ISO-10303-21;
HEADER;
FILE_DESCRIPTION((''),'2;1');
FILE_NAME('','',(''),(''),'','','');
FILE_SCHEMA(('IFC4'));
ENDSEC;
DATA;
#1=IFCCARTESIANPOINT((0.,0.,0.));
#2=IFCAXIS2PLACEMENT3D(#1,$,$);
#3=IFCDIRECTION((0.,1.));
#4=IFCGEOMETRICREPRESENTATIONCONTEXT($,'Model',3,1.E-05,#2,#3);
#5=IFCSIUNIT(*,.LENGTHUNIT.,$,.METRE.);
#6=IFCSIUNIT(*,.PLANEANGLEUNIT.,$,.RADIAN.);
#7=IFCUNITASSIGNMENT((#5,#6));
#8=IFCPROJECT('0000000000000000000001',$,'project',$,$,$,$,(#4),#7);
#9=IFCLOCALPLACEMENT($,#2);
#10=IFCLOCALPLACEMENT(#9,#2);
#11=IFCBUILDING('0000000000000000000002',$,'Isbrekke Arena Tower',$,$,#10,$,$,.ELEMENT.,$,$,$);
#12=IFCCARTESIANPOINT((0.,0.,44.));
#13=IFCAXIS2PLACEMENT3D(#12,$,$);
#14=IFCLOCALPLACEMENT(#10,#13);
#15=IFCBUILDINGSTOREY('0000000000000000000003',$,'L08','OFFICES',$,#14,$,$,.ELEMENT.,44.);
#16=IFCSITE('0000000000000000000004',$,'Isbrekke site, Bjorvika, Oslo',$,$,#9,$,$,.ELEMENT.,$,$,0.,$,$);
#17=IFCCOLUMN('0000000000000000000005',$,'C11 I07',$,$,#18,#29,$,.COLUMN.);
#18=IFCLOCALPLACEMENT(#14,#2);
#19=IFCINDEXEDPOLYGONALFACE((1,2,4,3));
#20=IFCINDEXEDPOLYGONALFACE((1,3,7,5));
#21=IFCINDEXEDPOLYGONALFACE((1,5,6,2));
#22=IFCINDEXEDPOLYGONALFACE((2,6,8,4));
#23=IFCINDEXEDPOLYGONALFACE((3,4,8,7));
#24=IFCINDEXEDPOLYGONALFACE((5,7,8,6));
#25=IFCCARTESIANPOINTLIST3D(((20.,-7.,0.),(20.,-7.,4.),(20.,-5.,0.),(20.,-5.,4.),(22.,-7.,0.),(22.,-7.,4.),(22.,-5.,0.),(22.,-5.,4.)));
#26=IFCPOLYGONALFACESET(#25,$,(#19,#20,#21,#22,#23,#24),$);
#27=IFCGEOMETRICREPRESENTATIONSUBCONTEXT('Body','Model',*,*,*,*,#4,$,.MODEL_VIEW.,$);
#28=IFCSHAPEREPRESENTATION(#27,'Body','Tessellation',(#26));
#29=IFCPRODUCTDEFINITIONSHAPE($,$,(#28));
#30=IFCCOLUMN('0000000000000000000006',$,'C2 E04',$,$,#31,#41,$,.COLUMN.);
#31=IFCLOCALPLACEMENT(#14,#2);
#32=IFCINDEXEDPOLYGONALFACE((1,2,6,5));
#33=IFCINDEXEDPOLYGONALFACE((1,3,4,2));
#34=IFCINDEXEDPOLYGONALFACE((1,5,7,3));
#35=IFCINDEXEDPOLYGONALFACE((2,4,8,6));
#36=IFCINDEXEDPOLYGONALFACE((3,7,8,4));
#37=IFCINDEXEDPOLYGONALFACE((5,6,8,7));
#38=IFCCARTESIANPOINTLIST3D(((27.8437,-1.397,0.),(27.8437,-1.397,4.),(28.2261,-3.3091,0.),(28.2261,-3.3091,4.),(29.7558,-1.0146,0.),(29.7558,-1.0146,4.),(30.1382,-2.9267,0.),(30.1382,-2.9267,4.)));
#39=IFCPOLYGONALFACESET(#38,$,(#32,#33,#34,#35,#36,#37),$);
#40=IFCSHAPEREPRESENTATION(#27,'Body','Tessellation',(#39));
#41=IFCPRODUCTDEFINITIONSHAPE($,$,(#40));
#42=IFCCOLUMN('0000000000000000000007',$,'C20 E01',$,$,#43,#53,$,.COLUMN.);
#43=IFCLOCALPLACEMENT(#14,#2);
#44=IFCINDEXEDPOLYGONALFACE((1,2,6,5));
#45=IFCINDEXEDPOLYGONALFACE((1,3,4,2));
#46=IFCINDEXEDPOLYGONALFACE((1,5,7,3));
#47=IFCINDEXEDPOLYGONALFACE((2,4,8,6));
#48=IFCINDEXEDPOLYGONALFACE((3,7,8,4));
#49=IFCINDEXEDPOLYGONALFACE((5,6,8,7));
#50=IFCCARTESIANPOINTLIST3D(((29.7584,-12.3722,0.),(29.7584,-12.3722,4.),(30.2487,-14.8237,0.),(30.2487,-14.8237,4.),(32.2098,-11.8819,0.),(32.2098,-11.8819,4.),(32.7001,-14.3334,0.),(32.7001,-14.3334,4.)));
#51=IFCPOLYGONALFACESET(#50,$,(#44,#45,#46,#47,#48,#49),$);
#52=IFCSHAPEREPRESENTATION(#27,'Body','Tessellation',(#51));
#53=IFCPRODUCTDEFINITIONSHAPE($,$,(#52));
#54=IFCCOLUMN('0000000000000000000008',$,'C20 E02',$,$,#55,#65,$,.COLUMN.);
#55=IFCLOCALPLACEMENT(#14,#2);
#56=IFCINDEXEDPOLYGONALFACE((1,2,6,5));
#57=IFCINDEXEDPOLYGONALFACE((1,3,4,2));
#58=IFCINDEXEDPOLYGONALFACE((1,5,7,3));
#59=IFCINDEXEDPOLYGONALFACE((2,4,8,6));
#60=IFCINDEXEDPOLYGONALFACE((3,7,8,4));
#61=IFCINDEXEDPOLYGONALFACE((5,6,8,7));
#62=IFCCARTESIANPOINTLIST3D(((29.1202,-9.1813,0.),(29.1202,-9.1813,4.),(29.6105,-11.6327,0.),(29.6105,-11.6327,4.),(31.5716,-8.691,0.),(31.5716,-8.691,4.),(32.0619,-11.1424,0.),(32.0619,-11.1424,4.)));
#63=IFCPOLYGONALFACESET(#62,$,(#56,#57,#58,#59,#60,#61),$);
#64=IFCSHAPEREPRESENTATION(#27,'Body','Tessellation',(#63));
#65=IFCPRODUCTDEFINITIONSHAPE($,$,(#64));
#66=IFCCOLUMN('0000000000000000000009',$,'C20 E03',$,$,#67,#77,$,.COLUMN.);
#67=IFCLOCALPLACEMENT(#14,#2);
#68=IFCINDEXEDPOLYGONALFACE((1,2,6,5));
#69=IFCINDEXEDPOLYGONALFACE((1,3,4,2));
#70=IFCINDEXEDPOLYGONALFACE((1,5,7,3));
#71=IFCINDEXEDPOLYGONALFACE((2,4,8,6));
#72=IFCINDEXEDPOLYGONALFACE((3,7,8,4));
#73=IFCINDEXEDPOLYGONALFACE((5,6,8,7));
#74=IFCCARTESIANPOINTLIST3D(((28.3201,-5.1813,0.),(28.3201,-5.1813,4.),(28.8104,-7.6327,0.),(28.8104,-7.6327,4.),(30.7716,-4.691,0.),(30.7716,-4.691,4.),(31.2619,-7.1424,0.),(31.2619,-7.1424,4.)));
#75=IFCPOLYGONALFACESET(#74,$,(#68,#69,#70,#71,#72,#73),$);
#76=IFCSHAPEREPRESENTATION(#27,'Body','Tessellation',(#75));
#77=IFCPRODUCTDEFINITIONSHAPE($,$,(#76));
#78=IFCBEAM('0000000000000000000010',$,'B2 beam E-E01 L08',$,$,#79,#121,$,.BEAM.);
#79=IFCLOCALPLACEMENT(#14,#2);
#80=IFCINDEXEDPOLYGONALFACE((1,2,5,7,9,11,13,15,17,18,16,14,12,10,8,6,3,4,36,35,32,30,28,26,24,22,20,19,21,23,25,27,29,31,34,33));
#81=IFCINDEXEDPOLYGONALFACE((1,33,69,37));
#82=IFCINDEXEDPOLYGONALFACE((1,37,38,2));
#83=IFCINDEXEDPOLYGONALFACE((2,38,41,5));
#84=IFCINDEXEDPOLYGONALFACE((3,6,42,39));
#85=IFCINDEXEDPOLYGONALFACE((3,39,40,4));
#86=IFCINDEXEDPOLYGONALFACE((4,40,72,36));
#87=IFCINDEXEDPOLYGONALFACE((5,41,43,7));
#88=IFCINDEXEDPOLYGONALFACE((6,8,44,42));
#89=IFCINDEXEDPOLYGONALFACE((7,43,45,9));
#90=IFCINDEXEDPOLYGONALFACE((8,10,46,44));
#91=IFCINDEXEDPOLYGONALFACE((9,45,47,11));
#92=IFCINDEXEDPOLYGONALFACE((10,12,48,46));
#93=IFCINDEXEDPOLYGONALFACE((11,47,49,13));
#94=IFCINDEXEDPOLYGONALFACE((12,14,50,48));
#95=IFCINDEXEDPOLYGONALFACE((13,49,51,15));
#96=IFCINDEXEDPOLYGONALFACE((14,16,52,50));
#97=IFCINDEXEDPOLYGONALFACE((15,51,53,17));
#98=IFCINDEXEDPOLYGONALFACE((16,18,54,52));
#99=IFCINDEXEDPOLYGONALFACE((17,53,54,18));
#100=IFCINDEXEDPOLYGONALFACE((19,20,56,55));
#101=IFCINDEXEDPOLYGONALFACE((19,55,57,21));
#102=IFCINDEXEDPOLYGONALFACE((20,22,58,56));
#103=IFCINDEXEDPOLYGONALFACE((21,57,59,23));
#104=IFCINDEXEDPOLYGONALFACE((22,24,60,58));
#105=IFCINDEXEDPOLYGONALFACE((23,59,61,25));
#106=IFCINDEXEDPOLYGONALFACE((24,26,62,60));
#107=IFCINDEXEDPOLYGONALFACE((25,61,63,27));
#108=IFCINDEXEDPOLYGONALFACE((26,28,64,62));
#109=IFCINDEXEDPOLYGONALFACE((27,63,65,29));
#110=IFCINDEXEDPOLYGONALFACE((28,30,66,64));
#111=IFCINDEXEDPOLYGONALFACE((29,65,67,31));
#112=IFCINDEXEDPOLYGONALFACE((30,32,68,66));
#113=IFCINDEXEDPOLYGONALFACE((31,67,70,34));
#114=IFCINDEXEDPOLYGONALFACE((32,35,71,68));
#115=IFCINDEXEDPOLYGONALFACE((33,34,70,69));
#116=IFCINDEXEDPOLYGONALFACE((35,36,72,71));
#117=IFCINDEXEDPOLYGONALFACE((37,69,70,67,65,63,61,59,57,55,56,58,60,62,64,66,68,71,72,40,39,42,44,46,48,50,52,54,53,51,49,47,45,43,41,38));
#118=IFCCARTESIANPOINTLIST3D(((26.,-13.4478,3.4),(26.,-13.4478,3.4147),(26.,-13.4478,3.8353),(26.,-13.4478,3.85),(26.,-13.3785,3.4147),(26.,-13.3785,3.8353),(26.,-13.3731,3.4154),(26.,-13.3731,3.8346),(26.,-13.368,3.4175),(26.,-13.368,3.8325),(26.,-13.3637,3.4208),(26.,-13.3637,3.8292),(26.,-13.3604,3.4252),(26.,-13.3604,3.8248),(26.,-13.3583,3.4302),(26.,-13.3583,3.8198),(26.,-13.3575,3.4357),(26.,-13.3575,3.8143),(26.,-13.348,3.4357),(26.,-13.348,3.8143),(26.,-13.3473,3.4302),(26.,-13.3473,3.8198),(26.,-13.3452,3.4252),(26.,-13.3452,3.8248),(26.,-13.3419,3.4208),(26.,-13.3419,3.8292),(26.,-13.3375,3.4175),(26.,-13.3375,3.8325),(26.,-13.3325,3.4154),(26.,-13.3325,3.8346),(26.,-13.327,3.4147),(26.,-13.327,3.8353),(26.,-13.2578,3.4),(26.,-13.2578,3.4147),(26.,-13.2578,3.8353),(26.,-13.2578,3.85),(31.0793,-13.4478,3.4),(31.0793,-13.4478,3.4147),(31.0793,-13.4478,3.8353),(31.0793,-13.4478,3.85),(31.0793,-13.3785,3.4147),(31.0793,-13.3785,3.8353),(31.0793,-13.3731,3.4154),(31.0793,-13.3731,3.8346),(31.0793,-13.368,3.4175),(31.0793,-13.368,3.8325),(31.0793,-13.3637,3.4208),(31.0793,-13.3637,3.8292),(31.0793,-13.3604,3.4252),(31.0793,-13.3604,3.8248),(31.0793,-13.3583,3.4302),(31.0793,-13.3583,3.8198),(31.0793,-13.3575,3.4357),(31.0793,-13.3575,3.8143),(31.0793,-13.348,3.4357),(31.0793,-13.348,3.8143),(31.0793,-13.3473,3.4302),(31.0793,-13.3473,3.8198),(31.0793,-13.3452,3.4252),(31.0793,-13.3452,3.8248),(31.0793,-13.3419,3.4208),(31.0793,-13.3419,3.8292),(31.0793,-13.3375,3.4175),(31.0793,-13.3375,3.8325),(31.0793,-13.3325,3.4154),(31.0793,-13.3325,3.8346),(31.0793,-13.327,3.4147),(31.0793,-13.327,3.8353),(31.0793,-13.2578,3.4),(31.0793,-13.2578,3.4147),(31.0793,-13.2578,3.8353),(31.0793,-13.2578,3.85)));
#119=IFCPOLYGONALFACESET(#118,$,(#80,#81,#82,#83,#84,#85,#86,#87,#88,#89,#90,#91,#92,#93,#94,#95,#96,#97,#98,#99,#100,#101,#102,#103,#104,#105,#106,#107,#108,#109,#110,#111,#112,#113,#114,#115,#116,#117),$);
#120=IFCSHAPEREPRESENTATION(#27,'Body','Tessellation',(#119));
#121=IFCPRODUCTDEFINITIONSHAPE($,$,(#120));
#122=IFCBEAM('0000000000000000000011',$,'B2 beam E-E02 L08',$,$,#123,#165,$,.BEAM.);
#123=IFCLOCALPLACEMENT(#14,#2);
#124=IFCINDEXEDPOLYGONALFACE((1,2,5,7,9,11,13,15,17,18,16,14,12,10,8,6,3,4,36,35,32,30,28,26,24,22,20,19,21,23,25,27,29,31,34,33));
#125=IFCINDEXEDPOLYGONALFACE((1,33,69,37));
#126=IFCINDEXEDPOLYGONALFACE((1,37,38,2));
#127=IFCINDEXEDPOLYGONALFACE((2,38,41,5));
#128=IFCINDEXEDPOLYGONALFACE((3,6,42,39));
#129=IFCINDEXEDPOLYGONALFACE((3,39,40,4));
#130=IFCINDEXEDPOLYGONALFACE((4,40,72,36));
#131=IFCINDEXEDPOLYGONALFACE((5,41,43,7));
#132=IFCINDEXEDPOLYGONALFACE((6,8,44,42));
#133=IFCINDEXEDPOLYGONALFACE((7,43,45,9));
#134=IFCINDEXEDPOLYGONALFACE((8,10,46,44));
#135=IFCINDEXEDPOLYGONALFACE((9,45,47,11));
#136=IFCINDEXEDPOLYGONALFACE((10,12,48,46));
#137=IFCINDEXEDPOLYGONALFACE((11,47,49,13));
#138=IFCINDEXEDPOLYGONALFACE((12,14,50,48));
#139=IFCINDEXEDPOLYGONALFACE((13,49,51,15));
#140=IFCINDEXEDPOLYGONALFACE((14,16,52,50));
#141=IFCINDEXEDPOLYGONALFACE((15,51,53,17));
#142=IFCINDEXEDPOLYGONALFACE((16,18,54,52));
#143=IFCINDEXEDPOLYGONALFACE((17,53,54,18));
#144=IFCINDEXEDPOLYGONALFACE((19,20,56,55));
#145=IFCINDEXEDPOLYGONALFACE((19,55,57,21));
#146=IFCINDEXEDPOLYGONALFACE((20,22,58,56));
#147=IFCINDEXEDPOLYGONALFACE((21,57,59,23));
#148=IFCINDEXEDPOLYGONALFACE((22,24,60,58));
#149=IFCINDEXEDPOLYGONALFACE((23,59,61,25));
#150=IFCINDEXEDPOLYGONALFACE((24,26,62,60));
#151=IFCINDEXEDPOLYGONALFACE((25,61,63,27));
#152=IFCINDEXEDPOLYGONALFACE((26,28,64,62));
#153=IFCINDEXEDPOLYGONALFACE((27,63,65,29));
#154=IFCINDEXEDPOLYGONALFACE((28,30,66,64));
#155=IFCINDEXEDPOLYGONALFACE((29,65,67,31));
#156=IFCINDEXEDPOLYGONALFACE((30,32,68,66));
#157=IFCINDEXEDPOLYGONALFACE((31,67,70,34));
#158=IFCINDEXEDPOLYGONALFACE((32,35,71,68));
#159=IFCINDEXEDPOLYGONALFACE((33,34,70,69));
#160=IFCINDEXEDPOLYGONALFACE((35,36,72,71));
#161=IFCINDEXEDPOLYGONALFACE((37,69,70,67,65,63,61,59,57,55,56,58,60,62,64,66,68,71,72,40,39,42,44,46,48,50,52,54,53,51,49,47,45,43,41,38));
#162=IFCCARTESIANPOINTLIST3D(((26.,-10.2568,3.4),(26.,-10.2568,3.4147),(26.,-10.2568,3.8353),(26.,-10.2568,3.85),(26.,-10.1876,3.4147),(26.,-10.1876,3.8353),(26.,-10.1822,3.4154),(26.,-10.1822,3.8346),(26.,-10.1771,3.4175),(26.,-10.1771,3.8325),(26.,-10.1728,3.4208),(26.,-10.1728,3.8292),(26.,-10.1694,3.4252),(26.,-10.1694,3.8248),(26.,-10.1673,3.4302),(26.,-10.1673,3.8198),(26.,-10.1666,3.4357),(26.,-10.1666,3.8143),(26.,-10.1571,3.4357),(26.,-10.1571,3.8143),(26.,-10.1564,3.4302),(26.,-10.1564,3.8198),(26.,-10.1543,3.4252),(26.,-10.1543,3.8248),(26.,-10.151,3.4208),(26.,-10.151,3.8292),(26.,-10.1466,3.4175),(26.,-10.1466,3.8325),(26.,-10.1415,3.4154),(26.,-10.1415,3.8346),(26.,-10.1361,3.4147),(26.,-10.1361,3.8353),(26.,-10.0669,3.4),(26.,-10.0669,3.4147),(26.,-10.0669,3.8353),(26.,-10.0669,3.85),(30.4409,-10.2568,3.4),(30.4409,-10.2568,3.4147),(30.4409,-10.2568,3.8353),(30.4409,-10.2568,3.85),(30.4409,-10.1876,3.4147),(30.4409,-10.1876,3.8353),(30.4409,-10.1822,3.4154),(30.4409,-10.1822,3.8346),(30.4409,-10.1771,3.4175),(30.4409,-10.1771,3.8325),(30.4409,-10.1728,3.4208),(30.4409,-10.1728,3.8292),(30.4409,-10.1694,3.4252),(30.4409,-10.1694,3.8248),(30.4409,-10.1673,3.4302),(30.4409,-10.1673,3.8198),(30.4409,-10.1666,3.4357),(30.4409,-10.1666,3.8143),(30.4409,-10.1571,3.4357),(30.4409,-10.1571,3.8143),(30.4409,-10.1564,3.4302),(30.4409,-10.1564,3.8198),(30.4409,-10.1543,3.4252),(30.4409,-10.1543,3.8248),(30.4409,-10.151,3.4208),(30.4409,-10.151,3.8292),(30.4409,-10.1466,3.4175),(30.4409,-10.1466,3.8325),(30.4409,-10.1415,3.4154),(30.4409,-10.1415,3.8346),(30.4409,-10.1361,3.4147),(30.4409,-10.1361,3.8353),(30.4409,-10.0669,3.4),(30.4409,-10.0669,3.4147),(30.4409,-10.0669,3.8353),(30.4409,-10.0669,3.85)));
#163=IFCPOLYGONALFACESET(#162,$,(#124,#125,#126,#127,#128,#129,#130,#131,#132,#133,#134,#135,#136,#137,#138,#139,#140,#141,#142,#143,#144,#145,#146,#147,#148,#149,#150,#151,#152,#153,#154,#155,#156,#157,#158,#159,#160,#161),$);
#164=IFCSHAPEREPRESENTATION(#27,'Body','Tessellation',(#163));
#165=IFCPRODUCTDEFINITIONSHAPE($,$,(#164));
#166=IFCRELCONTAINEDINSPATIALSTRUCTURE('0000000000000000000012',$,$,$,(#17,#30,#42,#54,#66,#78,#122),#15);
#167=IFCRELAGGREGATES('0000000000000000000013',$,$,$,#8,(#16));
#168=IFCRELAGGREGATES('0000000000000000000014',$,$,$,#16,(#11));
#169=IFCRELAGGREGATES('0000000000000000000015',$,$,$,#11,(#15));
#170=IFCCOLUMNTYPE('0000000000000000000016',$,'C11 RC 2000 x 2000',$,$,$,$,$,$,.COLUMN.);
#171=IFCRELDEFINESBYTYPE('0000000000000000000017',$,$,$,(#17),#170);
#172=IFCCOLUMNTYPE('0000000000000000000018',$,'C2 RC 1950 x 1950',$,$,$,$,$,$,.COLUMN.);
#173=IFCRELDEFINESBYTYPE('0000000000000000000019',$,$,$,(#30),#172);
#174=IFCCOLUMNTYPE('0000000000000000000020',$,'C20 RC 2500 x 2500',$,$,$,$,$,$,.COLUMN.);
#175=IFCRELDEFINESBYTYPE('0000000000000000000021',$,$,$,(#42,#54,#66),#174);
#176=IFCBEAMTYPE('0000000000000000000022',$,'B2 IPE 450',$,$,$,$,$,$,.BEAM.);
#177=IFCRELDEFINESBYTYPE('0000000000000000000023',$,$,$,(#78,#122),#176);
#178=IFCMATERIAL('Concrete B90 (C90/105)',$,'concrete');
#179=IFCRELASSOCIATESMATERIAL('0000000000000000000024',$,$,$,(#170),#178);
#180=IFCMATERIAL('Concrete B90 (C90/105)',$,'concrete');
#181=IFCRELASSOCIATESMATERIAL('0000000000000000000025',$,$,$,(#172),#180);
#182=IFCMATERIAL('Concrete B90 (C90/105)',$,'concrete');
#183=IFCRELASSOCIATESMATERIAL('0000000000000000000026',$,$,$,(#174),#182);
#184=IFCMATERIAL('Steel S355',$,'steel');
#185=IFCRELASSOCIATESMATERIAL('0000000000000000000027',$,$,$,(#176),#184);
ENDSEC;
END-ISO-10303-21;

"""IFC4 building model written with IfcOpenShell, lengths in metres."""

from ifc_helpers import new_model, si_unit, direction, frame, origin, origin_2d, place, context, subcontext, project, spatial, rectangle, i_section, extrude, material, material_profile, profile_set, type_object, element, save


model = new_model("IFC4")

# Units and contexts
model_context = context("Model", 3, precision=1e-05, world=origin(), true_north=direction((0.0, 1.0)))
body_context = subcontext(model_context, "Body", "Model", "MODEL_VIEW")
ifc_project = project(units=[si_unit("LENGTHUNIT", "METRE"), si_unit("PLANEANGLEUNIT", "RADIAN")], contexts=[model_context])

# Site, building, storey
site_placement = place(None, origin())
site = spatial("IfcSite", under=ifc_project, at=site_placement, Name="Isbrekke site, Bjorvika, Oslo", CompositionType="ELEMENT", RefElevation=0.0)
building_placement = place(site_placement, origin())
building = spatial("IfcBuilding", under=site, at=building_placement, Name="Isbrekke Arena Tower", CompositionType="ELEMENT")
storey_placement = place(building_placement, frame((0.0, 0.0, 44.0)))
storey = spatial("IfcBuildingStorey", under=building, at=storey_placement, Name="L08", Description="OFFICES", CompositionType="ELEMENT", Elevation=44.0)

# Columns
ifc_material_1 = material(Name="Concrete B90 (C90/105)", Category="concrete")
ifc_material_profile_1 = material_profile(ifc_material_1, rectangle(XDim=2.0, YDim=2.0, at=origin_2d()), Name="RC 2000x2000")
ifc_profile_set_1 = profile_set([ifc_material_profile_1], Name="Concrete B90 (C90/105)")
column_type_1 = type_object("IfcColumnType", Name="C11 RC 2000 x 2000", PredefinedType="COLUMN", material=ifc_profile_set_1)
column_1_placement = place(storey_placement, frame((21.0, -6.0, 0.0), z_axis=(0.0, 0.0, 1.0), x_axis=(1.0, 0.0, 0.0)))
element("IfcColumn", 1, at=column_1_placement, inside=storey, type_object=column_type_1, Name="C11 I07", PredefinedType="COLUMN", context=body_context, shape_type="SweptSolid", body=[
    extrude(rectangle(XDim=2.0, YDim=2.0, at=origin_2d()), origin(), (0.0, 0.0, 1.0), 4.0),
])
ifc_material_2 = material(Name="Concrete B90 (C90/105)", Category="concrete")
ifc_material_profile_2 = material_profile(ifc_material_2, rectangle(XDim=1.95, YDim=1.95, at=origin_2d()), Name="RC 1950x1950")
ifc_profile_set_2 = profile_set([ifc_material_profile_2], Name="Concrete B90 (C90/105)")
column_type_2 = type_object("IfcColumnType", Name="C2 RC 1950 x 1950", PredefinedType="COLUMN", material=ifc_profile_set_2)
column_2_placement = place(storey_placement, frame((28.991, -2.1619, 0.0), z_axis=(0.0, 0.0, 1.0), x_axis=(-0.196116, 0.980581, 0.0)))
element("IfcColumn", 2, at=column_2_placement, inside=storey, type_object=column_type_2, Name="C2 E04", PredefinedType="COLUMN", context=body_context, shape_type="SweptSolid", body=[
    extrude(rectangle(XDim=1.95, YDim=1.95, at=origin_2d()), origin(), (0.0, 0.0, 1.0), 4.0),
])
ifc_material_3 = material(Name="Concrete B90 (C90/105)", Category="concrete")
ifc_material_profile_3 = material_profile(ifc_material_3, rectangle(XDim=2.5, YDim=2.5, at=origin_2d()), Name="RC 2500x2500")
ifc_profile_set_3 = profile_set([ifc_material_profile_3], Name="Concrete B90 (C90/105)")
column_type_3 = type_object("IfcColumnType", Name="C20 RC 2500 x 2500", PredefinedType="COLUMN", material=ifc_profile_set_3)
for number, where, z_axis, x_axis, name in (
    (3, (31.2292, -13.3528, 0.0), (0.0, 0.0, 1.0), (-0.196116, 0.980581, 0.0), "C20 E01"),
    (4, (30.5911, -10.1619, 0.0), (0.0, 0.0, 1.0), (-0.196116, 0.980581, 0.0), "C20 E02"),
    (5, (29.791, -6.1619, 0.0), (0.0, 0.0, 1.0), (-0.196116, 0.980581, 0.0), "C20 E03"),
):
    element("IfcColumn", number, at=place(storey_placement, frame(where, z_axis=z_axis, x_axis=x_axis)), inside=storey, type_object=column_type_3, Name=name, PredefinedType="COLUMN", context=body_context, shape_type="SweptSolid", body=[
        extrude(rectangle(XDim=2.5, YDim=2.5, at=origin_2d()), origin(), (0.0, 0.0, 1.0), 4.0),
    ])

# Beams
ifc_material_4 = material(Name="Steel S355", Category="steel")
ifc_material_profile_4 = material_profile(ifc_material_4, i_section(OverallWidth=0.1899, OverallDepth=0.45, WebThickness=0.0095, FlangeThickness=0.0146, FilletRadius=0.021, at=origin_2d()), Name="IPE 450")
ifc_profile_set_4 = profile_set([ifc_material_profile_4], Name="Steel S355")
beam_type_1 = type_object("IfcBeamType", Name="B2 IPE 450", PredefinedType="BEAM", material=ifc_profile_set_4)
beam_1_placement = place(storey_placement, frame((31.0793, -13.3528, 3.625), z_axis=(-1.0, 0.0, 0.0), x_axis=(0.0, -1.0, 0.0)))
element("IfcBeam", 6, at=beam_1_placement, inside=storey, type_object=beam_type_1, Name="B2 beam E-E01 L08", PredefinedType="BEAM", context=body_context, shape_type="SweptSolid", body=[
    extrude(i_section(OverallWidth=0.1899, OverallDepth=0.45, WebThickness=0.0095, FlangeThickness=0.0146, FilletRadius=0.021, at=origin_2d()), origin(), (0.0, 0.0, 1.0), 5.0793),
])
beam_2_placement = place(storey_placement, frame((30.4409, -10.1619, 3.625), z_axis=(-1.0, 0.0, 0.0), x_axis=(0.0, -1.0, 0.0)))
element("IfcBeam", 7, at=beam_2_placement, inside=storey, type_object=beam_type_1, Name="B2 beam E-E02 L08", PredefinedType="BEAM", context=body_context, shape_type="SweptSolid", body=[
    extrude(i_section(OverallWidth=0.1899, OverallDepth=0.45, WebThickness=0.0095, FlangeThickness=0.0146, FilletRadius=0.021, at=origin_2d()), origin(), (0.0, 0.0, 1.0), 4.4409),
])

save(model, "model.ifc")
